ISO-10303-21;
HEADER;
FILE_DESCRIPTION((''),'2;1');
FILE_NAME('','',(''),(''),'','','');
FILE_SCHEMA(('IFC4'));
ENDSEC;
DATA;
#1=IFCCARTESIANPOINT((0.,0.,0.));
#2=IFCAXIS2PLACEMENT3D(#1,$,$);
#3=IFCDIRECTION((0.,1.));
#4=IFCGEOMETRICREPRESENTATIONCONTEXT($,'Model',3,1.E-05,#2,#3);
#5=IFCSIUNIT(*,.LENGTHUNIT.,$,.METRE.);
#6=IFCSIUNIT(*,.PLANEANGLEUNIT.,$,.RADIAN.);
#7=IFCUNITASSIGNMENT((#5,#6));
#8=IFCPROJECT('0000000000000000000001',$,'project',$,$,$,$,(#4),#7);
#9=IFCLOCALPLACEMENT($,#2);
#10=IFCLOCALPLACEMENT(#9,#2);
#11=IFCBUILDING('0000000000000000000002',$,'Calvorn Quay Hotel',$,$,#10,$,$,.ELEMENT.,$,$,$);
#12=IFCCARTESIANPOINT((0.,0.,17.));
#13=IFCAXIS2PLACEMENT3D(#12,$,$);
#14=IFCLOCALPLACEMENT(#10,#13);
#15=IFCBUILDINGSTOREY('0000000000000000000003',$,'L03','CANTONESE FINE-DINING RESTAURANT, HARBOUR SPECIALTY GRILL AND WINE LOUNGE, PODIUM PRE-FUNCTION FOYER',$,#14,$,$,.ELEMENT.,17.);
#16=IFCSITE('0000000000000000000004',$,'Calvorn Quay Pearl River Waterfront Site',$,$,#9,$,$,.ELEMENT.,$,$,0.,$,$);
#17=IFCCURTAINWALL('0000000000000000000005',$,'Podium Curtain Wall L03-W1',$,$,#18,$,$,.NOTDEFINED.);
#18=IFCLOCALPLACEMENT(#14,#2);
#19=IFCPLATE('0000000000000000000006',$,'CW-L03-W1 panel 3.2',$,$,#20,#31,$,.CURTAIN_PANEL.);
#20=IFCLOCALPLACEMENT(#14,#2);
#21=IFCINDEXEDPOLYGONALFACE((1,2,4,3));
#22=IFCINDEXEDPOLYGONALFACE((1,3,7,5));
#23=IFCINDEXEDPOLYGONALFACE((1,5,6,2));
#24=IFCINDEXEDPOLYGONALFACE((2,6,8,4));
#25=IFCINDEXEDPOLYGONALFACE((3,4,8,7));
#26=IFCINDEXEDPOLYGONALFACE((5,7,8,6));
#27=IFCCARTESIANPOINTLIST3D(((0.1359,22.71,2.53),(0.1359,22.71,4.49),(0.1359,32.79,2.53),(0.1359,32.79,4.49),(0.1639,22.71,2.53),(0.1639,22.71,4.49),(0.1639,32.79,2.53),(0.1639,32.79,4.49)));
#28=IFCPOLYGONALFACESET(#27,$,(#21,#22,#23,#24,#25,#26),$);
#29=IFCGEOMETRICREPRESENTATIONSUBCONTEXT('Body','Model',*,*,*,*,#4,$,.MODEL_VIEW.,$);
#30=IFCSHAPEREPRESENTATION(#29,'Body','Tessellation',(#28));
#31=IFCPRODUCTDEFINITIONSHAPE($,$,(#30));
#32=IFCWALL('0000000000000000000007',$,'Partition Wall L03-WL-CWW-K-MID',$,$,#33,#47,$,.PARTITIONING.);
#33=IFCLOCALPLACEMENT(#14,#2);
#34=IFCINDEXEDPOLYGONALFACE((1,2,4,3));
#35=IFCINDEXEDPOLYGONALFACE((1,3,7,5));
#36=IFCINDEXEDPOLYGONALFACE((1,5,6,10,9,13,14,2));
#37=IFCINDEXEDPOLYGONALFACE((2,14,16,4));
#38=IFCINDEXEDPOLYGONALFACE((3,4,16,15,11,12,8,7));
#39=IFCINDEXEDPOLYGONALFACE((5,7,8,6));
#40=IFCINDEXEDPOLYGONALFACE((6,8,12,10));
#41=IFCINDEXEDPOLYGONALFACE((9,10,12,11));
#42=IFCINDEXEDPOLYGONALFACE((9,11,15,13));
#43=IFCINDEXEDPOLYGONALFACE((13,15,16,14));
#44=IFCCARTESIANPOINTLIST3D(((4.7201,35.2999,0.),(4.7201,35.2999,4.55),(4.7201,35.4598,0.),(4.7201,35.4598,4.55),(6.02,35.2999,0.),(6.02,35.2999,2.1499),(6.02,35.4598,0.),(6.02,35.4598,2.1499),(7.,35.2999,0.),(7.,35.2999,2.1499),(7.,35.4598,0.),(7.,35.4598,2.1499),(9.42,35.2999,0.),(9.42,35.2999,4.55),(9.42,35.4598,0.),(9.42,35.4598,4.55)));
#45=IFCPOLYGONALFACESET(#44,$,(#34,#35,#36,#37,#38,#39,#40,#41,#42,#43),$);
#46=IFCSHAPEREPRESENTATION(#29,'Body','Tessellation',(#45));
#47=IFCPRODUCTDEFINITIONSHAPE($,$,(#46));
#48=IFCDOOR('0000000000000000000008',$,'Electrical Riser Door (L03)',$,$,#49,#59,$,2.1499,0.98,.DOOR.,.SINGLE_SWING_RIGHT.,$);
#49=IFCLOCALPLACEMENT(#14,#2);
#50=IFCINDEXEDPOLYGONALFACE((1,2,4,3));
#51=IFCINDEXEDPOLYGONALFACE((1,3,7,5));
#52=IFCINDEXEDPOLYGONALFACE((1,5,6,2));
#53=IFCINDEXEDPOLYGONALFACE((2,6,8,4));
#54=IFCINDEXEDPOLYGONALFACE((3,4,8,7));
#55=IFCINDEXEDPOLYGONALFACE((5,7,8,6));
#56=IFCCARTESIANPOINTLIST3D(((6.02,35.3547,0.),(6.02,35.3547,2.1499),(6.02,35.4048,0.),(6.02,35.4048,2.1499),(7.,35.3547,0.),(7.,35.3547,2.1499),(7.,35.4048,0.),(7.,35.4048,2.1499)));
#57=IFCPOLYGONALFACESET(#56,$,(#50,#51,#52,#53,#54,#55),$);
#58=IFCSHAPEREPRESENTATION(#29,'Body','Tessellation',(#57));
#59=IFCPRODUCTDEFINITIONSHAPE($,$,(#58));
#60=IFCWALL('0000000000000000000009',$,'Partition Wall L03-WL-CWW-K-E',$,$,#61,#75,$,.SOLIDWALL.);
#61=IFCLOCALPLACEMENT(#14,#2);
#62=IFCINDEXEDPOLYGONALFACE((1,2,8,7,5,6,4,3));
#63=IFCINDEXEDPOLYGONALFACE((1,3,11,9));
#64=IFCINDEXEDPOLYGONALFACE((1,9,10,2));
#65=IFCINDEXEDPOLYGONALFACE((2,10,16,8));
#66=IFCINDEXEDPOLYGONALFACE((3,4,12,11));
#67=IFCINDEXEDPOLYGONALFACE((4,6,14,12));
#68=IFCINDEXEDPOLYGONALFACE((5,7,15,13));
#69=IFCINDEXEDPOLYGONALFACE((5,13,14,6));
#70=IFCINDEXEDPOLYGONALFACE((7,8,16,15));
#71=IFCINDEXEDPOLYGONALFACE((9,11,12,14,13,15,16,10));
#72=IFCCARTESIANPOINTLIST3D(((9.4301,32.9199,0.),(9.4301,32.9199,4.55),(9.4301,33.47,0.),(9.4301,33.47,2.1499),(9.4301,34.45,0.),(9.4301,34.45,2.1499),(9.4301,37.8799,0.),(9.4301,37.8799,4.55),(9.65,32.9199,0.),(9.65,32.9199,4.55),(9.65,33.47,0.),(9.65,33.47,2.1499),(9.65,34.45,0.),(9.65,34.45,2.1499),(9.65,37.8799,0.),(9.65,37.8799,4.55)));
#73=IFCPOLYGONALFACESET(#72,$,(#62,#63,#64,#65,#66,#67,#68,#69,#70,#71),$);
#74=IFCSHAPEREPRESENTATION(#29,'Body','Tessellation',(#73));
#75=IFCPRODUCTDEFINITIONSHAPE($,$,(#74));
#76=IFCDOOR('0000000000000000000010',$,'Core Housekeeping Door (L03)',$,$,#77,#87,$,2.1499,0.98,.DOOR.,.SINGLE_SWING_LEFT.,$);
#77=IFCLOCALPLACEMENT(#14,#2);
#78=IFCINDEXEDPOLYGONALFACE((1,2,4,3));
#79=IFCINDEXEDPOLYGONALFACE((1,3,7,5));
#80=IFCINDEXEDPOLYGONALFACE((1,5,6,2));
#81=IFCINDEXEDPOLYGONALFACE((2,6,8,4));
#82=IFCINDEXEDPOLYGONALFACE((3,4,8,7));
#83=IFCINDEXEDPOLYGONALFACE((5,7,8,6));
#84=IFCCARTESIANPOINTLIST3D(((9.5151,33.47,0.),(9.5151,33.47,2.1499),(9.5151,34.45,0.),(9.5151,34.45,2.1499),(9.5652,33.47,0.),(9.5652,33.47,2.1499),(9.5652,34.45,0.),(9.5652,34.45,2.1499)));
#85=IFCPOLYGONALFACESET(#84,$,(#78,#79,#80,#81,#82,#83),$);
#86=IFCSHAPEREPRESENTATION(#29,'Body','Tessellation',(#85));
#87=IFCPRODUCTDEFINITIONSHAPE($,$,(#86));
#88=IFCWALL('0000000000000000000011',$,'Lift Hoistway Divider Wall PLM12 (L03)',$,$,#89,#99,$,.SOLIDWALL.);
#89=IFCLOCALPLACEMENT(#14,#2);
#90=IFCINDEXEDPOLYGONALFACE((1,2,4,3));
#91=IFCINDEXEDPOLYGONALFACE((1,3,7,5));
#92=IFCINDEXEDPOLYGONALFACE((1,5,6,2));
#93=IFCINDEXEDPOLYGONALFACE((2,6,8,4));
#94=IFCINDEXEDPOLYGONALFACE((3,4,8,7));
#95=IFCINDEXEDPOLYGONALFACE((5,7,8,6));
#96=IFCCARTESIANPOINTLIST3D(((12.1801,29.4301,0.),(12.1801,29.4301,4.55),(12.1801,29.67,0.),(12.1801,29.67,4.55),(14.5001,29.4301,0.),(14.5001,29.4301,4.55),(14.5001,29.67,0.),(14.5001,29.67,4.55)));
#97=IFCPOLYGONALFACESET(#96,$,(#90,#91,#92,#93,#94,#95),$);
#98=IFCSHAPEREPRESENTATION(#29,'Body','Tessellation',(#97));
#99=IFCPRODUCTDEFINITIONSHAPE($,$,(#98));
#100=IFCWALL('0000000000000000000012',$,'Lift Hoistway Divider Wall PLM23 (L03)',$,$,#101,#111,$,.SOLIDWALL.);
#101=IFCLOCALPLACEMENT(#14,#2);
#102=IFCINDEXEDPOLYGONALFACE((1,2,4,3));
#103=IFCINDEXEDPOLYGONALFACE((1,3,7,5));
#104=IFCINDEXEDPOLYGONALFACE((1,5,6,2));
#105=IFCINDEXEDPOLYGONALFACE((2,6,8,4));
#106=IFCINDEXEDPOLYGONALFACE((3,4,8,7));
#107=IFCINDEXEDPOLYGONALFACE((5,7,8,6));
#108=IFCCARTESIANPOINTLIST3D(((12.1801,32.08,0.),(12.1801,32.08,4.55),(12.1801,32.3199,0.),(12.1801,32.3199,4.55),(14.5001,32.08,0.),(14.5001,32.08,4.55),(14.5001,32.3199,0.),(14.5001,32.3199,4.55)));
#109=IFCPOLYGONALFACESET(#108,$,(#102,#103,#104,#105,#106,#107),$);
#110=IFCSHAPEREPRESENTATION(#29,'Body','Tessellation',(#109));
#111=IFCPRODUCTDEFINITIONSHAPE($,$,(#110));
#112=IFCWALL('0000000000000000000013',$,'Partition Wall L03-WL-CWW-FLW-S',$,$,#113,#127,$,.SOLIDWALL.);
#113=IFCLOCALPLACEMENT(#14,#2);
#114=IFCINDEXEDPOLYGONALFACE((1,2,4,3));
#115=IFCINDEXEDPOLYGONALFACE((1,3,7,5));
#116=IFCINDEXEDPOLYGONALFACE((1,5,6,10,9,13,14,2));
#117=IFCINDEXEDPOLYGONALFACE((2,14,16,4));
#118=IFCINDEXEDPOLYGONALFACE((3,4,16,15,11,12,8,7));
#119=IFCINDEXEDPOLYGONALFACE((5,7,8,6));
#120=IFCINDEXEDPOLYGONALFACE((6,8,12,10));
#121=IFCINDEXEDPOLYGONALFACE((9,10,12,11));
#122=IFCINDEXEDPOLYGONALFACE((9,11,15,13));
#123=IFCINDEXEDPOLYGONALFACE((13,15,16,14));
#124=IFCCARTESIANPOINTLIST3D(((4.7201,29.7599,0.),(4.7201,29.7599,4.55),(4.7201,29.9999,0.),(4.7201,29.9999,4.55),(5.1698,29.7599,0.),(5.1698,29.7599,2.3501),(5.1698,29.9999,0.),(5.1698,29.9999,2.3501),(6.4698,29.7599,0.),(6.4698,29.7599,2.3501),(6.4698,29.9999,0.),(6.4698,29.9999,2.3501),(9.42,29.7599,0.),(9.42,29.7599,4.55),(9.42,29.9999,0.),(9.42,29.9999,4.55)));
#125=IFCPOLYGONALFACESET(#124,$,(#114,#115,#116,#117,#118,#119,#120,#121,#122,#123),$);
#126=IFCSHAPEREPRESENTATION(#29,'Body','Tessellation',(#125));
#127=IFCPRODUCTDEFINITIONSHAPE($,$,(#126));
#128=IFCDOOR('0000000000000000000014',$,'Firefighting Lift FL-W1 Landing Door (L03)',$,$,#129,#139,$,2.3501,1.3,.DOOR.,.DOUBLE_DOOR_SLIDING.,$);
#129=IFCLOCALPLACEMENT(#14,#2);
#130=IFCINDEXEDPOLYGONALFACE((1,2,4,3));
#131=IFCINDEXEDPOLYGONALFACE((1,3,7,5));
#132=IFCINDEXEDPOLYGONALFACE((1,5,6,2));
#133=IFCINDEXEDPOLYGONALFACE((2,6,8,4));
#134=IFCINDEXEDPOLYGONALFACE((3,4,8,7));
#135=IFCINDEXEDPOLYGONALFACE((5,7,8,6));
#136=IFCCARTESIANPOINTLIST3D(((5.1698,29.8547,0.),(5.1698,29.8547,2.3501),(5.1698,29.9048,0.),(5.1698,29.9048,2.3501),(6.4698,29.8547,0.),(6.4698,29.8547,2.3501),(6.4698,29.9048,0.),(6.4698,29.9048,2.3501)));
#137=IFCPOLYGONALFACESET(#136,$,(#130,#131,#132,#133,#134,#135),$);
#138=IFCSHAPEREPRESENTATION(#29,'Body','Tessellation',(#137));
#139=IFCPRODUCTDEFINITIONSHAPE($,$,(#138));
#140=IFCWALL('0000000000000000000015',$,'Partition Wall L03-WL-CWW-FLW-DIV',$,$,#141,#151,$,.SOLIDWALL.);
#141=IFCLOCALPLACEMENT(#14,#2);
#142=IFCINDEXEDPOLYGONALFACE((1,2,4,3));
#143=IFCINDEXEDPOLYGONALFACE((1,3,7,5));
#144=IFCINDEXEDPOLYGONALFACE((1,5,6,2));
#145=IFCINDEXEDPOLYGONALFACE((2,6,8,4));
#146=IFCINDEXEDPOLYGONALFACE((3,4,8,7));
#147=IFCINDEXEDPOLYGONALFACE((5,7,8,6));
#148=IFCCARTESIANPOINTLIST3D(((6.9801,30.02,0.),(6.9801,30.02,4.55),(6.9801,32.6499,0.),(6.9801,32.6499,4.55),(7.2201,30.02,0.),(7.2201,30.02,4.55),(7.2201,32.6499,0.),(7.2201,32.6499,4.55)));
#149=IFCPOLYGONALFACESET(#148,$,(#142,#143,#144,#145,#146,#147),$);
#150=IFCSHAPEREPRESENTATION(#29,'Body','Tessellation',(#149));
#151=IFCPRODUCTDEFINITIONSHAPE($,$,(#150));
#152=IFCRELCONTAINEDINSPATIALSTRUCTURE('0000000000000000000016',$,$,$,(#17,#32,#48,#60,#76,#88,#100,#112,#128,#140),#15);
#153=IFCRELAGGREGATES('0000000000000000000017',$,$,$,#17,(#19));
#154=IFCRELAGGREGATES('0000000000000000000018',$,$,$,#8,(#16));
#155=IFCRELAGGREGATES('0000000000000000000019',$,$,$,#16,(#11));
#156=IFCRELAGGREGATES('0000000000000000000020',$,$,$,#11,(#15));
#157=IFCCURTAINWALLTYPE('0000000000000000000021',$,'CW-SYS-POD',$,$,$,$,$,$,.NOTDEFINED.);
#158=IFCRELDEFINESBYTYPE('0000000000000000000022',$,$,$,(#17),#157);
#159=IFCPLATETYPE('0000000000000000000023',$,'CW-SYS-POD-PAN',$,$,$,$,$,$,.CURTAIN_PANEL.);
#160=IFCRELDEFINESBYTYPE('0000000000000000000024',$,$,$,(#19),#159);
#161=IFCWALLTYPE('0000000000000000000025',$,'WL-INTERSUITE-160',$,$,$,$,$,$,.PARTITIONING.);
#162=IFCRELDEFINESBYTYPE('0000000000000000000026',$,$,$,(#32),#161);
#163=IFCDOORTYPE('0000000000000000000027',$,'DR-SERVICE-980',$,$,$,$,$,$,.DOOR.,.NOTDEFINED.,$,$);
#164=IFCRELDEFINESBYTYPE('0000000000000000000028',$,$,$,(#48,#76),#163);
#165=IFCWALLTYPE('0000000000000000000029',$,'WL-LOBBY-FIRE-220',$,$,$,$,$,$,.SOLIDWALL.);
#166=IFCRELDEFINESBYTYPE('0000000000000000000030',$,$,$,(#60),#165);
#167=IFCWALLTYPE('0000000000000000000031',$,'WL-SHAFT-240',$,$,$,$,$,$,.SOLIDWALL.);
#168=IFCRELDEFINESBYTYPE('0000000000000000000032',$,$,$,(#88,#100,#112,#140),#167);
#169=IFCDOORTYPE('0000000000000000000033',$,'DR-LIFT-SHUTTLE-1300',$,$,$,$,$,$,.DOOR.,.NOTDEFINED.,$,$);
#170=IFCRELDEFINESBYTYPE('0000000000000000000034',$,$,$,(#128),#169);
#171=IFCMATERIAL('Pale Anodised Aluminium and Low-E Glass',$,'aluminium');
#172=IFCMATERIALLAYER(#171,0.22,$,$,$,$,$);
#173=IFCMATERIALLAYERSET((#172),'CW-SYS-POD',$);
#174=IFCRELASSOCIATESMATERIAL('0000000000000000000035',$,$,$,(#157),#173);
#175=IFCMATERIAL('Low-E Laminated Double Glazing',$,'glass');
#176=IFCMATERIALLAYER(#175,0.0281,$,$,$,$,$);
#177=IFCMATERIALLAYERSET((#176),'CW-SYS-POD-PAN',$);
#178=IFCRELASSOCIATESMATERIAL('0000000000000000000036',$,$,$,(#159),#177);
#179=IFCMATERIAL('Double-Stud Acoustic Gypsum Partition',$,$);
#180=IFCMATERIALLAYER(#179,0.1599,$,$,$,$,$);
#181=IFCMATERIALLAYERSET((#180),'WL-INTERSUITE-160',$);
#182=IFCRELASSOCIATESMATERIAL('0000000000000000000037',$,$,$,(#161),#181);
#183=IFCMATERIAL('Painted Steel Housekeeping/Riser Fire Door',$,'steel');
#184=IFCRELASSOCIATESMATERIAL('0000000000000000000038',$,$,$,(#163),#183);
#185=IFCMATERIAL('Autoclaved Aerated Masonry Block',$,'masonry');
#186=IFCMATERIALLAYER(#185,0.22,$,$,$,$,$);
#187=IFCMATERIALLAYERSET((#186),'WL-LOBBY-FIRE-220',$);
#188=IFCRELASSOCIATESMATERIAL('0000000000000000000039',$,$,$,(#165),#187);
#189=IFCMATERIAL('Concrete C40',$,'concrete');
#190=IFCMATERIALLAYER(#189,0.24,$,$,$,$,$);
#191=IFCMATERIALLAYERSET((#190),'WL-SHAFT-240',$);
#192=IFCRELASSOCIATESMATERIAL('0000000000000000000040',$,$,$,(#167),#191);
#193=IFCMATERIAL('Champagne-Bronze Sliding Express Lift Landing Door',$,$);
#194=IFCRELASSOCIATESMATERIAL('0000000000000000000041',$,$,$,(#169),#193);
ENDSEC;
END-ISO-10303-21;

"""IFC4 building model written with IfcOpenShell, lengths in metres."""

from ifc_helpers import new_model, si_unit, direction, frame, frame_2d, origin, origin_2d, place, context, subcontext, project, spatial, rectangle, extrude, material, layer, layer_set, type_object, element, fill, aggregate, save


model = new_model("IFC4")

# Units and contexts
model_context = context("Model", 3, precision=1e-05, world=origin(), true_north=direction((0.0, 1.0)))
body_context = subcontext(model_context, "Body", "Model", "MODEL_VIEW")
ifc_project = project(units=[si_unit("LENGTHUNIT", "METRE"), si_unit("PLANEANGLEUNIT", "RADIAN")], contexts=[model_context])

# Site, building, storey
site_placement = place(None, origin())
site = spatial("IfcSite", under=ifc_project, at=site_placement, Name="Calvorn Quay Pearl River Waterfront Site", CompositionType="ELEMENT", RefElevation=0.0)
building_placement = place(site_placement, origin())
building = spatial("IfcBuilding", under=site, at=building_placement, Name="Calvorn Quay Hotel", CompositionType="ELEMENT")
storey_placement = place(building_placement, frame((0.0, 0.0, 17.0)))
storey = spatial("IfcBuildingStorey", under=building, at=storey_placement, Name="L03", Description="CANTONESE FINE-DINING RESTAURANT, HARBOUR SPECIALTY GRILL AND WINE LOUNGE, PODIUM PRE-FUNCTION FOYER", CompositionType="ELEMENT", Elevation=17.0)

# Curtain wall, plate
ifc_material_1 = material(Name="Pale Anodised Aluminium and Low-E Glass", Category="aluminium")
ifc_layer_1 = layer(ifc_material_1, 0.22)
ifc_layer_set_1 = layer_set([ifc_layer_1], Name="CW-SYS-POD")
curtain_wall_type = type_object("IfcCurtainWallType", Name="CW-SYS-POD", PredefinedType="NOTDEFINED", material=ifc_layer_set_1)
curtain_wall_placement = place(storey_placement, origin())
curtain_wall = element("IfcCurtainWall", 1, at=curtain_wall_placement, inside=storey, type_object=curtain_wall_type, Name="Podium Curtain Wall L03-W1", PredefinedType="NOTDEFINED")
ifc_material_2 = material(Name="Low-E Laminated Double Glazing", Category="glass")
ifc_layer_2 = layer(ifc_material_2, 0.0281)
ifc_layer_set_2 = layer_set([ifc_layer_2], Name="CW-SYS-POD-PAN")
plate_type = type_object("IfcPlateType", Name="CW-SYS-POD-PAN", PredefinedType="CURTAIN_PANEL", material=ifc_layer_set_2)
plate_1_placement = place(storey_placement, frame((0.1499, 27.75, 2.53), z_axis=(0.0, 0.0, 1.0), x_axis=(0.0, 1.0, 0.0)))
plate_1 = element("IfcPlate", 2, at=plate_1_placement, type_object=plate_type, Name="CW-L03-W1 panel 3.2", PredefinedType="CURTAIN_PANEL", context=body_context, shape_type="SweptSolid", body=[
    extrude(rectangle(XDim=10.0801, YDim=0.0281, at=origin_2d()), origin(), (0.0, 0.0, 1.0), 1.96),
])
aggregate(curtain_wall, [plate_1])

# Walls, openings, doors
ifc_material_3 = material(Name="Double-Stud Acoustic Gypsum Partition")
ifc_layer_3 = layer(ifc_material_3, 0.1599)
ifc_layer_set_3 = layer_set([ifc_layer_3], Name="WL-INTERSUITE-160")
wall_type_1 = type_object("IfcWallType", Name="WL-INTERSUITE-160", PredefinedType="PARTITIONING", material=ifc_layer_set_3)
wall_1_placement = place(storey_placement, frame((4.72, 35.3799, 0.0), z_axis=(0.0, 0.0, 1.0), x_axis=(1.0, 0.0, 0.0)))
wall_1 = element("IfcWall", 3, at=wall_1_placement, inside=storey, type_object=wall_type_1, Name="Partition Wall L03-WL-CWW-K-MID", PredefinedType="PARTITIONING", context=body_context, shape_type="SweptSolid", body=[
    extrude(rectangle(XDim=4.7, YDim=0.1599, at=frame_2d((2.3501, 0.0))), origin(), (0.0, 0.0, 1.0), 4.55),
])
opening_1_placement = place(wall_1_placement, frame((1.3, 0.0, 0.0)))
opening_1 = element("IfcOpeningElement", 4, at=opening_1_placement, cuts=wall_1, PredefinedType="OPENING", context=body_context, shape_type="SweptSolid", body=[
    extrude(rectangle(XDim=0.98, YDim=2.1499, at=frame_2d((0.49, 1.075))), frame((0.0, 0.0898, 0.0), z_axis=(0.0, -1.0, 0.0), x_axis=(1.0, 0.0, 0.0)), (0.0, 0.0, 1.0), 0.1799),
])
ifc_material_4 = material(Name="Painted Steel Housekeeping/Riser Fire Door", Category="steel")
door_type_1 = type_object("IfcDoorType", Name="DR-SERVICE-980", OperationType="NOTDEFINED", PredefinedType="DOOR", material=ifc_material_4)
door_1_placement = place(opening_1_placement, origin())
door_1 = element("IfcDoor", 5, at=door_1_placement, inside=storey, type_object=door_type_1, Name="Electrical Riser Door (L03)", OperationType="SINGLE_SWING_RIGHT", OverallHeight=2.1499, OverallWidth=0.98, PredefinedType="DOOR", context=body_context, shape_type="SweptSolid", body=[
    extrude(rectangle(XDim=0.98, YDim=2.1499, at=frame_2d((0.49, 1.075))), frame((0.0, 0.0249, 0.0), z_axis=(0.0, -1.0, 0.0), x_axis=(1.0, 0.0, 0.0)), (0.0, 0.0, 1.0), 0.05),
])
fill(opening_1, door_1)
ifc_material_5 = material(Name="Autoclaved Aerated Masonry Block", Category="masonry")
ifc_layer_4 = layer(ifc_material_5, 0.22)
ifc_layer_set_4 = layer_set([ifc_layer_4], Name="WL-LOBBY-FIRE-220")
wall_type_2 = type_object("IfcWallType", Name="WL-LOBBY-FIRE-220", PredefinedType="SOLIDWALL", material=ifc_layer_set_4)
wall_2_placement = place(storey_placement, frame((9.54, 32.9199, 0.0), z_axis=(0.0, 0.0, 1.0), x_axis=(0.0, 1.0, 0.0)))
wall_2 = element("IfcWall", 6, at=wall_2_placement, inside=storey, type_object=wall_type_2, Name="Partition Wall L03-WL-CWW-K-E", PredefinedType="SOLIDWALL", context=body_context, shape_type="SweptSolid", body=[
    extrude(rectangle(XDim=4.96, YDim=0.22, at=frame_2d((2.48, 0.0))), origin(), (0.0, 0.0, 1.0), 4.55),
])
opening_2_placement = place(wall_2_placement, frame((0.55, 0.0, 0.0)))
opening_2 = element("IfcOpeningElement", 7, at=opening_2_placement, cuts=wall_2, PredefinedType="OPENING", context=body_context, shape_type="SweptSolid", body=[
    extrude(rectangle(XDim=0.98, YDim=2.1499, at=frame_2d((0.49, 1.075))), frame((0.0, 0.1199, 0.0), z_axis=(0.0, -1.0, 0.0), x_axis=(1.0, 0.0, 0.0)), (0.0, 0.0, 1.0), 0.24),
])
door_2_placement = place(opening_2_placement, origin())
door_2 = element("IfcDoor", 8, at=door_2_placement, inside=storey, type_object=door_type_1, Name="Core Housekeeping Door (L03)", OperationType="SINGLE_SWING_LEFT", OverallHeight=2.1499, OverallWidth=0.98, PredefinedType="DOOR", context=body_context, shape_type="SweptSolid", body=[
    extrude(rectangle(XDim=0.98, YDim=2.1499, at=frame_2d((0.49, 1.075))), frame((0.0, 0.0249, 0.0), z_axis=(0.0, -1.0, 0.0), x_axis=(1.0, 0.0, 0.0)), (0.0, 0.0, 1.0), 0.05),
])
fill(opening_2, door_2)

# Walls
ifc_material_6 = material(Name="Concrete C40", Category="concrete")
ifc_layer_5 = layer(ifc_material_6, 0.24)
ifc_layer_set_5 = layer_set([ifc_layer_5], Name="WL-SHAFT-240")
wall_type_3 = type_object("IfcWallType", Name="WL-SHAFT-240", PredefinedType="SOLIDWALL", material=ifc_layer_set_5)
for number, where, z_axis, x_axis, name in (
    (9, (12.1799, 29.55, 0.0), (0.0, 0.0, 1.0), (1.0, 0.0, 0.0), "Lift Hoistway Divider Wall PLM12 (L03)"),
    (10, (12.1799, 32.2, 0.0), (0.0, 0.0, 1.0), (1.0, 0.0, 0.0), "Lift Hoistway Divider Wall PLM23 (L03)"),
):
    element("IfcWall", number, at=place(storey_placement, frame(where, z_axis=z_axis, x_axis=x_axis)), inside=storey, type_object=wall_type_3, Name=name, PredefinedType="SOLIDWALL", context=body_context, shape_type="SweptSolid", body=[
        extrude(rectangle(XDim=2.3201, YDim=0.24, at=frame_2d((1.1602, 0.0))), origin(), (0.0, 0.0, 1.0), 4.55),
    ])

# Wall, opening, door
wall_3_placement = place(storey_placement, frame((4.72, 29.8799, 0.0), z_axis=(0.0, 0.0, 1.0), x_axis=(1.0, 0.0, 0.0)))
wall_3 = element("IfcWall", 11, at=wall_3_placement, inside=storey, type_object=wall_type_3, Name="Partition Wall L03-WL-CWW-FLW-S", PredefinedType="SOLIDWALL", context=body_context, shape_type="SweptSolid", body=[
    extrude(rectangle(XDim=4.7, YDim=0.24, at=frame_2d((2.3501, 0.0))), origin(), (0.0, 0.0, 1.0), 4.55),
])
opening_3_placement = place(wall_3_placement, frame((0.45, 0.0, 0.0)))
opening_3 = element("IfcOpeningElement", 12, at=opening_3_placement, cuts=wall_3, PredefinedType="OPENING", context=body_context, shape_type="SweptSolid", body=[
    extrude(rectangle(XDim=1.3, YDim=2.3501, at=frame_2d((0.6499, 1.175))), frame((0.0, 0.1299, 0.0), z_axis=(0.0, -1.0, 0.0), x_axis=(1.0, 0.0, 0.0)), (0.0, 0.0, 1.0), 0.26),
])
ifc_material_7 = material(Name="Champagne-Bronze Sliding Express Lift Landing Door")
door_type_2 = type_object("IfcDoorType", Name="DR-LIFT-SHUTTLE-1300", OperationType="NOTDEFINED", PredefinedType="DOOR", material=ifc_material_7)
door_3_placement = place(opening_3_placement, origin())
door_3 = element("IfcDoor", 13, at=door_3_placement, inside=storey, type_object=door_type_2, Name="Firefighting Lift FL-W1 Landing Door (L03)", OperationType="DOUBLE_DOOR_SLIDING", OverallHeight=2.3501, OverallWidth=1.3, PredefinedType="DOOR", context=body_context, shape_type="SweptSolid", body=[
    extrude(rectangle(XDim=1.3, YDim=2.3501, at=frame_2d((0.6499, 1.175))), frame((0.0, 0.0249, 0.0), z_axis=(0.0, -1.0, 0.0), x_axis=(1.0, 0.0, 0.0)), (0.0, 0.0, 1.0), 0.05),
])
fill(opening_3, door_3)

# Wall
wall_4_placement = place(storey_placement, frame((7.1001, 30.02, 0.0), z_axis=(0.0, 0.0, 1.0), x_axis=(0.0, 1.0, 0.0)))
element("IfcWall", 14, at=wall_4_placement, inside=storey, type_object=wall_type_3, Name="Partition Wall L03-WL-CWW-FLW-DIV", PredefinedType="SOLIDWALL", context=body_context, shape_type="SweptSolid", body=[
    extrude(rectangle(XDim=2.6299, YDim=0.24, at=frame_2d((1.3149, 0.0))), origin(), (0.0, 0.0, 1.0), 4.55),
])

save(model, "model.ifc")
